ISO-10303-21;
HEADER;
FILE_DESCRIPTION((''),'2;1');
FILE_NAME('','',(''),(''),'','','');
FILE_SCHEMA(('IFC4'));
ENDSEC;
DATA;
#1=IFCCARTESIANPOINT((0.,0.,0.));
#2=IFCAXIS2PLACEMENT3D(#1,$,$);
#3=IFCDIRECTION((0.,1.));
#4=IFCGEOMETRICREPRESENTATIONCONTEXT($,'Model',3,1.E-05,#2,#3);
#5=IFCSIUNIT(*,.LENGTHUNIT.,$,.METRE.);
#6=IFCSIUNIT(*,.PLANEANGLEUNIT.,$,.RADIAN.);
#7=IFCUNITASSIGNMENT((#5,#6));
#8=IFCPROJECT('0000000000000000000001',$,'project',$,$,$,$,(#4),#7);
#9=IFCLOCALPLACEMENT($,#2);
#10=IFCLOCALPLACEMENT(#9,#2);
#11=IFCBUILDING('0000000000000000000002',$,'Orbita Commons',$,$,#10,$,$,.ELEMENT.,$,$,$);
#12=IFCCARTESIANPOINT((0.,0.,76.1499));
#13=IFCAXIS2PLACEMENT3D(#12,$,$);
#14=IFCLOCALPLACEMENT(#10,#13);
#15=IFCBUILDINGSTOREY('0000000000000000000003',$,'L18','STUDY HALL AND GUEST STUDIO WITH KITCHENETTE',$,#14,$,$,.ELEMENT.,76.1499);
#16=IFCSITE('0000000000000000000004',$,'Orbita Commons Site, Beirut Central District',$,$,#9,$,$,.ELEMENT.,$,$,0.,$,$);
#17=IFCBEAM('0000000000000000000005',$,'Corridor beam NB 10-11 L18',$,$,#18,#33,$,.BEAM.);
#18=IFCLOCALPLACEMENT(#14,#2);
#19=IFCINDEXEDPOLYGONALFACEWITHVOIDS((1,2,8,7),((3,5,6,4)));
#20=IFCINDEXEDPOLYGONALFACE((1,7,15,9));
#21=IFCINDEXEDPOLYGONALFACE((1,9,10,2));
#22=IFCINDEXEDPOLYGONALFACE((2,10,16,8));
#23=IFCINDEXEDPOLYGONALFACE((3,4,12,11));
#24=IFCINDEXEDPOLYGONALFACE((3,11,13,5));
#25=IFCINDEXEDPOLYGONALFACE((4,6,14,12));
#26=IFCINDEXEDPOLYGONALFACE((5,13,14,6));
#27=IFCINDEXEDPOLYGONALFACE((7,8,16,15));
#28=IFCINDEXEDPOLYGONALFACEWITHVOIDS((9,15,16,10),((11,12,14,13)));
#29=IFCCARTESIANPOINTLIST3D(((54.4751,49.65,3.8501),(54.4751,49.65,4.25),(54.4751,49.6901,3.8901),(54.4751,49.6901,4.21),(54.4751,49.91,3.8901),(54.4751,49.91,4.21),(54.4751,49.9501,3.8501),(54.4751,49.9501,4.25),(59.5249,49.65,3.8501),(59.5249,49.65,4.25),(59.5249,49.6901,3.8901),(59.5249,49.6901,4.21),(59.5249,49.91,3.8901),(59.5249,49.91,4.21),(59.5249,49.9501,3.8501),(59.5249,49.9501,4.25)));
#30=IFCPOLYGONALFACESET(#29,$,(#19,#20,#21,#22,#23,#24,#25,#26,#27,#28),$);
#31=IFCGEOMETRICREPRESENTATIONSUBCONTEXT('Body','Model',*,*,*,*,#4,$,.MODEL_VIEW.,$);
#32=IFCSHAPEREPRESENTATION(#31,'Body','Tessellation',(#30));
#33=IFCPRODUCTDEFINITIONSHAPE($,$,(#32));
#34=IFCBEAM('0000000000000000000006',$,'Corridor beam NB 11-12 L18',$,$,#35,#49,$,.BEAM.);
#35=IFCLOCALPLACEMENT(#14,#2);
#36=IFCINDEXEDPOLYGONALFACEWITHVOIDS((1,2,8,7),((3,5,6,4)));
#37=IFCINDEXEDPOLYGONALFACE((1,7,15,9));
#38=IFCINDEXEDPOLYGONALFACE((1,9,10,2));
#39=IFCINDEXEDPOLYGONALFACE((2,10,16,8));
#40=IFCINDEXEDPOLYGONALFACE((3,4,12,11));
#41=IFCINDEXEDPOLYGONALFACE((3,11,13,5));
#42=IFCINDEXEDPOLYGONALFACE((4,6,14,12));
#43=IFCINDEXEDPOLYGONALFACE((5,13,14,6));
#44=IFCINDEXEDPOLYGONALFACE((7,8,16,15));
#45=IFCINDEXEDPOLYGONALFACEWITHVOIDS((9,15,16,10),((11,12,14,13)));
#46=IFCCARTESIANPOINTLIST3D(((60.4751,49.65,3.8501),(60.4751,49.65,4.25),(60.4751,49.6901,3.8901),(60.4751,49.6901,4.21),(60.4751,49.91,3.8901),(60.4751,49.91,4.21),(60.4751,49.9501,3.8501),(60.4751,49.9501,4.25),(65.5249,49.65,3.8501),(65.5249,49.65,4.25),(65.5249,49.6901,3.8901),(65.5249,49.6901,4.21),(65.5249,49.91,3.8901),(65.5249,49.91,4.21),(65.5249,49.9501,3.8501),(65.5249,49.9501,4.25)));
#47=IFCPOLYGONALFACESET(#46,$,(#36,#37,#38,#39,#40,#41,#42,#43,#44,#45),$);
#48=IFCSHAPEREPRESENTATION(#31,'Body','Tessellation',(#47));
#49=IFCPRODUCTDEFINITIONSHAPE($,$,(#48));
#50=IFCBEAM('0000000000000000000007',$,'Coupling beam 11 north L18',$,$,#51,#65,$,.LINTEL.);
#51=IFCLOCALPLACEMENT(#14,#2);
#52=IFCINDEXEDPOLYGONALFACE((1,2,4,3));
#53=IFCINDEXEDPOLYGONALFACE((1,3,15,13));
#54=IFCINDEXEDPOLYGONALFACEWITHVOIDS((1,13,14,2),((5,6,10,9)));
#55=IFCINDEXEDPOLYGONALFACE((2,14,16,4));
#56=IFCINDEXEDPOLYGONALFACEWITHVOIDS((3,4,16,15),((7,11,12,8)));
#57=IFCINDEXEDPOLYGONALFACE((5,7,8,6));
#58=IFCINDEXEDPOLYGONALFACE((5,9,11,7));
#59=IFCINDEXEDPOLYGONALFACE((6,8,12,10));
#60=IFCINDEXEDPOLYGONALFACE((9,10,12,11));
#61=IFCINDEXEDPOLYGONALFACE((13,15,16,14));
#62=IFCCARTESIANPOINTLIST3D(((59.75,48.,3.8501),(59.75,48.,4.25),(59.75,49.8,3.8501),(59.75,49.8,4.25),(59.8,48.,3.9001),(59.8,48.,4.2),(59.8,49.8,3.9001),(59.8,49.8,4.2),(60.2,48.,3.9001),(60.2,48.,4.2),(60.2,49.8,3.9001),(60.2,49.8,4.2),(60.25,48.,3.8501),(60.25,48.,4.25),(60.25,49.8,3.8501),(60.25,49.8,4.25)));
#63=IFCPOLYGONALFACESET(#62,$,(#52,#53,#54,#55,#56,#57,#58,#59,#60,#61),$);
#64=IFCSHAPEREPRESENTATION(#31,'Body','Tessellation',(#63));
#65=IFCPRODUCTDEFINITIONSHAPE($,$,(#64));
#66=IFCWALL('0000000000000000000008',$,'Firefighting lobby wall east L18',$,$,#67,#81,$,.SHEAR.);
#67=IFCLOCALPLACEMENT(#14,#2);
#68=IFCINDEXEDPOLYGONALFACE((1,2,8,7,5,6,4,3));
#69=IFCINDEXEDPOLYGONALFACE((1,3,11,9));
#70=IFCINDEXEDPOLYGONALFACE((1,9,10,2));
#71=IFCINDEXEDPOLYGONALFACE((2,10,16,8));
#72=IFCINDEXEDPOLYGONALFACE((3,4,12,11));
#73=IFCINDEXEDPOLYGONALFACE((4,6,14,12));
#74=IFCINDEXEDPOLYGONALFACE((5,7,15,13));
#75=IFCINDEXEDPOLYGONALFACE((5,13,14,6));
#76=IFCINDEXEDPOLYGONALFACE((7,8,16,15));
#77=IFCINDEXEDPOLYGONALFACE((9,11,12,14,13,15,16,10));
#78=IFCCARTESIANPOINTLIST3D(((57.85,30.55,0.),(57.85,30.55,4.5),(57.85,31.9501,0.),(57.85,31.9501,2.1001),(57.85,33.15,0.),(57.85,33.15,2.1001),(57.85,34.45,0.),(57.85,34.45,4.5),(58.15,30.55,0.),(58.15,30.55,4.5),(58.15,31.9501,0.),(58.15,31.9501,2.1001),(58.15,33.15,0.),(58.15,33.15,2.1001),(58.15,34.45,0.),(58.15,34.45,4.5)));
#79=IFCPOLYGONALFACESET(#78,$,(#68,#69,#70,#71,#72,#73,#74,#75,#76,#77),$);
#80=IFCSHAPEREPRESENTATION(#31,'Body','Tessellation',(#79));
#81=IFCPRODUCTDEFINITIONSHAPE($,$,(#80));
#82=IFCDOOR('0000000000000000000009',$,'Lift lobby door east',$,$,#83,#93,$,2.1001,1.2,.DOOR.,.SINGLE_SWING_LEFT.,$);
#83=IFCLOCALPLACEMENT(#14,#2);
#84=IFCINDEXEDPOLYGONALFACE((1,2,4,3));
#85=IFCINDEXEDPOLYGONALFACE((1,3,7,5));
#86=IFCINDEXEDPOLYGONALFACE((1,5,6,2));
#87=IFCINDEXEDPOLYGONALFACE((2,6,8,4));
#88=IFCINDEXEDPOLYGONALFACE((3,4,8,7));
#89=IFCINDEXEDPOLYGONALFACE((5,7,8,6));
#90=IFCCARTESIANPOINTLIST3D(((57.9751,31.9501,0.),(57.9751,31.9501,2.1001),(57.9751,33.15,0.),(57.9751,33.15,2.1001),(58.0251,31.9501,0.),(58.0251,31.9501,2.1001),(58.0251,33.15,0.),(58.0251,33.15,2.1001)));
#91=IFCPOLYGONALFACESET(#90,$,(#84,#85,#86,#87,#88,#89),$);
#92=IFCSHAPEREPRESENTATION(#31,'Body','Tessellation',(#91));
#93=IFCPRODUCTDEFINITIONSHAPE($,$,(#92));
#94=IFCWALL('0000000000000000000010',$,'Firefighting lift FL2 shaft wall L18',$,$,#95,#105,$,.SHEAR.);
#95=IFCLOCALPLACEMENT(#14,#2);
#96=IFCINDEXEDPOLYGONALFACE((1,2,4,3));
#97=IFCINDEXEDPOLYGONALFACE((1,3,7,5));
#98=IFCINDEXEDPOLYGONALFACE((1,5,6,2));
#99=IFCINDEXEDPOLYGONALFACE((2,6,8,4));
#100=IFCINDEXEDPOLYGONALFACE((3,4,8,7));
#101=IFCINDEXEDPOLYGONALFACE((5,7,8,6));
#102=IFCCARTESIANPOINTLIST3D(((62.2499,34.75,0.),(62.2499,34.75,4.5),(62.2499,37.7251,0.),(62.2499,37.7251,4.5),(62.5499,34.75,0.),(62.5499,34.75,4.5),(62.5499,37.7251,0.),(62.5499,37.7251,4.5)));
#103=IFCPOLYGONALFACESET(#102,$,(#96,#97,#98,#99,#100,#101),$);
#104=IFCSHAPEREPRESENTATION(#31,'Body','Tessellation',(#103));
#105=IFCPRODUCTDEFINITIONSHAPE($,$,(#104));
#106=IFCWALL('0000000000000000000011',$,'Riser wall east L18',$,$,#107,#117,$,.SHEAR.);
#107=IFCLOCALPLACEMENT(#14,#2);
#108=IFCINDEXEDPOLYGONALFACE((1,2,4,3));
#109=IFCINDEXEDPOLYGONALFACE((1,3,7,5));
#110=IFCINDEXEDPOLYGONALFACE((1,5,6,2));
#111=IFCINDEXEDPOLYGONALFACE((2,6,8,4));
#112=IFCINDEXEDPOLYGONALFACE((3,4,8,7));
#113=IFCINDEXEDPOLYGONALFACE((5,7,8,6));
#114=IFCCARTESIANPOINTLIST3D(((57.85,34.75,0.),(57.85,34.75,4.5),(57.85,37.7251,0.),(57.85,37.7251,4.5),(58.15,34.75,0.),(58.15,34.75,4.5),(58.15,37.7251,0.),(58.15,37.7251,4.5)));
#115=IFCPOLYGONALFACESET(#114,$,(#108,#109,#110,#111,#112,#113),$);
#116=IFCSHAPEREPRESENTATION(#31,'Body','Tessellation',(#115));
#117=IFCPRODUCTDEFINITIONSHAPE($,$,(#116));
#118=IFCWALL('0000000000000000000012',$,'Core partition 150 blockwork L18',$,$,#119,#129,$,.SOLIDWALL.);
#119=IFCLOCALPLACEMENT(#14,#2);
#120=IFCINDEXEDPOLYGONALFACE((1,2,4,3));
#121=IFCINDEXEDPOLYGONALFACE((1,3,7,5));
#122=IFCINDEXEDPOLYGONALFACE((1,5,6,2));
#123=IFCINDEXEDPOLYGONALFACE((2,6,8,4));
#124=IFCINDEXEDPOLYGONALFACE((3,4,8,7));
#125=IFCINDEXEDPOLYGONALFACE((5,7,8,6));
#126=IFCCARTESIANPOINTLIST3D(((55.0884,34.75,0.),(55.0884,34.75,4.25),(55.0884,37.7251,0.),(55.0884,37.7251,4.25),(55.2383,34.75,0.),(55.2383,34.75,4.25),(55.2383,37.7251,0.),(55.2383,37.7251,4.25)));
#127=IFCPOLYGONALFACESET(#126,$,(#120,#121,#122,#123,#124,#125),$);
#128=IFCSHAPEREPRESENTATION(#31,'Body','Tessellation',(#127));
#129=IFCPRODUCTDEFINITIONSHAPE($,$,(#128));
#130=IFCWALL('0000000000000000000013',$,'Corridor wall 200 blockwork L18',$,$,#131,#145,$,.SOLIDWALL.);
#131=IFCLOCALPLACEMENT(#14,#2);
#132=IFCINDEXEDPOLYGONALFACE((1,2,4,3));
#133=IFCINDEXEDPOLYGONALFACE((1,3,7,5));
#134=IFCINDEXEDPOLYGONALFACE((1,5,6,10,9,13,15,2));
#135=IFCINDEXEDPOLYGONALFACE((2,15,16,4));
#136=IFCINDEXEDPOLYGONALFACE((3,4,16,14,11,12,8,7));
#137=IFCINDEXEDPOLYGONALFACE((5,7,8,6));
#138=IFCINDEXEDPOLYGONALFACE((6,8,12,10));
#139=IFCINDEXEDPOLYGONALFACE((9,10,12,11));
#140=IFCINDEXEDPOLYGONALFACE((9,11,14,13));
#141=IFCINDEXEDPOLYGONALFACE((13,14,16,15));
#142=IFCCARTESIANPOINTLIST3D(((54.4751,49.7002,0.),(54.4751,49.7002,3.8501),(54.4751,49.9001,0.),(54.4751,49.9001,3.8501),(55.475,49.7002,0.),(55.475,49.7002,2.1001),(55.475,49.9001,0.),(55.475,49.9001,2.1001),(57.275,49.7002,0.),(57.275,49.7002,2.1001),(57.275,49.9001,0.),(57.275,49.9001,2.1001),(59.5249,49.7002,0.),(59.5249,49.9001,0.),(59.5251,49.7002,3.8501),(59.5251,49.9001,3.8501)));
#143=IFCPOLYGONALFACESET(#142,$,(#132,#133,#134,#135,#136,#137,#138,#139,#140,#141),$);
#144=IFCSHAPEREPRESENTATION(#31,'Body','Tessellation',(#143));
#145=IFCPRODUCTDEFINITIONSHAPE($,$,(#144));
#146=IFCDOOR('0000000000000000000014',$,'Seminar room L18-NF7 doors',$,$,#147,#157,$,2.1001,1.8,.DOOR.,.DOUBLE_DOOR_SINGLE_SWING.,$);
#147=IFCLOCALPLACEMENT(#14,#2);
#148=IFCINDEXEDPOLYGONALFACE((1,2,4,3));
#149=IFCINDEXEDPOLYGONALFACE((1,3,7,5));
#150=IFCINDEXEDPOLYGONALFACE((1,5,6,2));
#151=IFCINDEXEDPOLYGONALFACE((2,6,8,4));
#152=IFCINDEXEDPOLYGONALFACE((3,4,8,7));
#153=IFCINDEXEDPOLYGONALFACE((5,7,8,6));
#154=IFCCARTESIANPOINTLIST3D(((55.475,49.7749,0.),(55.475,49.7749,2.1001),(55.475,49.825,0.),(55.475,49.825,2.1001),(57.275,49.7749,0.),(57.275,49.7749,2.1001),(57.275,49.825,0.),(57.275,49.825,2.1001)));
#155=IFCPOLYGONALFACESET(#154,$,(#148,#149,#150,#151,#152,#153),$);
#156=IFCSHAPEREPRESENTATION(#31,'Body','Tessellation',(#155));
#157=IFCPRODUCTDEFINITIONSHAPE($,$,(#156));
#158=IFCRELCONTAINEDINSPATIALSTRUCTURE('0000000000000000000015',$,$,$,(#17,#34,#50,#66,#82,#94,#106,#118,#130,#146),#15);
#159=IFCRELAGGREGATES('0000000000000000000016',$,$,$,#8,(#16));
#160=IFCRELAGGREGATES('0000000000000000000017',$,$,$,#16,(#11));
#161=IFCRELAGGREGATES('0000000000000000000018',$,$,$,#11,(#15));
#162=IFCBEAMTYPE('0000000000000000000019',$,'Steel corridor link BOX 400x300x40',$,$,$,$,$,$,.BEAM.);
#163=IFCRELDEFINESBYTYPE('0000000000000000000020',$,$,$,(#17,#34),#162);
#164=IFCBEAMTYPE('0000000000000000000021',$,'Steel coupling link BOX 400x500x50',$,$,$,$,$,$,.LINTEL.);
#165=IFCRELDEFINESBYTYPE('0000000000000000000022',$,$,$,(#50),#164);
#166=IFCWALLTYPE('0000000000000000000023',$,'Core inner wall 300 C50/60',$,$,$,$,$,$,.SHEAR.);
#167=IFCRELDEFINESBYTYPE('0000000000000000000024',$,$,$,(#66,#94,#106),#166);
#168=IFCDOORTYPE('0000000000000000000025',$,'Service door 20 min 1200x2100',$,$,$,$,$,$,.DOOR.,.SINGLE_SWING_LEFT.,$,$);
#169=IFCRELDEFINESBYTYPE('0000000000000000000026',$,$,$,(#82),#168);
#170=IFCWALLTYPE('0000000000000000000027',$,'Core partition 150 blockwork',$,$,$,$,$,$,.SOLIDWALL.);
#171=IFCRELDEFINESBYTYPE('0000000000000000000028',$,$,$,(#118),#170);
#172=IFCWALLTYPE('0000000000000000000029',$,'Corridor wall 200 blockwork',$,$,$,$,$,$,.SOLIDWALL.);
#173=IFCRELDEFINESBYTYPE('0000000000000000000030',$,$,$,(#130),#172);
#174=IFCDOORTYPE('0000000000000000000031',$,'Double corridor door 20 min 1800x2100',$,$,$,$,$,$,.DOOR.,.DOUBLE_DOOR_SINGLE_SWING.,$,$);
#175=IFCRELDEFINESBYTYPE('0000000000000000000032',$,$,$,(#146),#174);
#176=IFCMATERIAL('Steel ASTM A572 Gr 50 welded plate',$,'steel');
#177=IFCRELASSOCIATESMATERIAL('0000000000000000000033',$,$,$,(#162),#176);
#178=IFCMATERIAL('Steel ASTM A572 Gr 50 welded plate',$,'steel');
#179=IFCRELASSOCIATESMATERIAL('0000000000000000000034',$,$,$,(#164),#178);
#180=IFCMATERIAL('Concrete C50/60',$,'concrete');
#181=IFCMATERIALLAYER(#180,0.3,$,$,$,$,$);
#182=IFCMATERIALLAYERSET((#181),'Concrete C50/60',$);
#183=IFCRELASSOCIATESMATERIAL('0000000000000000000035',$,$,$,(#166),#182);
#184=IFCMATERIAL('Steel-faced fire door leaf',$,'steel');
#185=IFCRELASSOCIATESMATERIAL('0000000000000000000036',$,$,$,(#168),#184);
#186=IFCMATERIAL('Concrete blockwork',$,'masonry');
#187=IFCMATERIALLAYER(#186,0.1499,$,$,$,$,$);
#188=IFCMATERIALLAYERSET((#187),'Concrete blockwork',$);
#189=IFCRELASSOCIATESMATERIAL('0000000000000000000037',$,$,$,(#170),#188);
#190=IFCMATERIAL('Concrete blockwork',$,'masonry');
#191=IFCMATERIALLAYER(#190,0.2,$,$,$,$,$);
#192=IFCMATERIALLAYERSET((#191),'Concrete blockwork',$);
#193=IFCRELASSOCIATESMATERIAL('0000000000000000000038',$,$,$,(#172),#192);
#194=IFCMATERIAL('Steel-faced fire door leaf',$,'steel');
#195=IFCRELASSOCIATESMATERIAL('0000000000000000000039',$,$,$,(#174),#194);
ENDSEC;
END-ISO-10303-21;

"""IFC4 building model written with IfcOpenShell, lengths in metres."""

from ifc_helpers import new_model, si_unit, direction, frame, frame_2d, origin, origin_2d, place, context, subcontext, project, spatial, polyline, rectangle, hollow_rectangle, outline, extrude, material, layer, layer_set, material_profile, profile_set, type_object, element, fill, save


model = new_model("IFC4")

# Units and contexts
model_context = context("Model", 3, precision=1e-05, world=origin(), true_north=direction((0.0, 1.0)))
body_context = subcontext(model_context, "Body", "Model", "MODEL_VIEW")
ifc_project = project(units=[si_unit("LENGTHUNIT", "METRE"), si_unit("PLANEANGLEUNIT", "RADIAN")], contexts=[model_context])

# Site, building, storey
site_placement = place(None, origin())
site = spatial("IfcSite", under=ifc_project, at=site_placement, Name="Orbita Commons Site, Beirut Central District", CompositionType="ELEMENT", RefElevation=0.0)
building_placement = place(site_placement, origin())
building = spatial("IfcBuilding", under=site, at=building_placement, Name="Orbita Commons", CompositionType="ELEMENT")
storey_placement = place(building_placement, frame((0.0, 0.0, 76.1499)))
storey = spatial("IfcBuildingStorey", under=building, at=storey_placement, Name="L18", Description="STUDY HALL AND GUEST STUDIO WITH KITCHENETTE", CompositionType="ELEMENT", Elevation=76.1499)

# Beams
ifc_material_1 = material(Name="Steel ASTM A572 Gr 50 welded plate", Category="steel")
ifc_material_profile_1 = material_profile(ifc_material_1, hollow_rectangle(XDim=0.3, YDim=0.3999, WallThickness=0.04, at=origin_2d()), Name="BOX 400x300x40")
ifc_profile_set_1 = profile_set([ifc_material_profile_1], Name="Steel ASTM A572 Gr 50 welded plate")
beam_type_1 = type_object("IfcBeamType", Name="Steel corridor link BOX 400x300x40", PredefinedType="BEAM", material=ifc_profile_set_1)
for number, where, z_axis, x_axis, name in (
    (1, (54.4751, 49.8, 4.05), (1.0, 0.0, 0.0), (0.0, 1.0, 0.0), "Corridor beam NB 10-11 L18"),
    (2, (60.4751, 49.8, 4.05), (1.0, 0.0, 0.0), (0.0, 1.0, 0.0), "Corridor beam NB 11-12 L18"),
):
    element("IfcBeam", number, at=place(storey_placement, frame(where, z_axis=z_axis, x_axis=x_axis)), inside=storey, type_object=beam_type_1, Name=name, PredefinedType="BEAM", context=body_context, shape_type="SweptSolid", body=[
        extrude(hollow_rectangle(XDim=0.3, YDim=0.3999, WallThickness=0.04, at=origin_2d()), origin(), (0.0, 0.0, 1.0), 5.0498),
    ])
ifc_material_2 = material(Name="Steel ASTM A572 Gr 50 welded plate", Category="steel")
ifc_material_profile_2 = material_profile(ifc_material_2, hollow_rectangle(XDim=0.5, YDim=0.3999, WallThickness=0.05, at=origin_2d()), Name="BOX 400x500x50")
ifc_profile_set_2 = profile_set([ifc_material_profile_2], Name="Steel ASTM A572 Gr 50 welded plate")
beam_type_2 = type_object("IfcBeamType", Name="Steel coupling link BOX 400x500x50", PredefinedType="LINTEL", material=ifc_profile_set_2)
beam_placement = place(storey_placement, frame((60.0, 48.0, 4.05), z_axis=(0.0, 1.0, 0.0), x_axis=(-1.0, 0.0, 0.0)))
element("IfcBeam", 3, at=beam_placement, inside=storey, type_object=beam_type_2, Name="Coupling beam 11 north L18", PredefinedType="LINTEL", context=body_context, shape_type="SweptSolid", body=[
    extrude(hollow_rectangle(XDim=0.5, YDim=0.3999, WallThickness=0.05, at=origin_2d()), origin(), (0.0, 0.0, 1.0), 1.8),
])

# Wall, opening, door
ifc_material_3 = material(Name="Concrete C50/60", Category="concrete")
ifc_layer_1 = layer(ifc_material_3, 0.3)
ifc_layer_set_1 = layer_set([ifc_layer_1], Name="Concrete C50/60")
wall_type_1 = type_object("IfcWallType", Name="Core inner wall 300 C50/60", PredefinedType="SHEAR", material=ifc_layer_set_1)
wall_1_placement = place(storey_placement, frame((58.0, 30.55, 0.0), z_axis=(0.0, 0.0, 1.0), x_axis=(0.0, 1.0, 0.0)))
wall_1 = element("IfcWall", 4, at=wall_1_placement, inside=storey, type_object=wall_type_1, Name="Firefighting lobby wall east L18", PredefinedType="SHEAR", context=body_context, shape_type="SweptSolid", body=[
    extrude(rectangle(XDim=3.8999, YDim=0.3, at=frame_2d((1.95, 0.0))), origin(), (0.0, 0.0, 1.0), 4.5),
])
opening_1_placement = place(wall_1_placement, frame((1.3999, 0.0, 0.0)))
opening_1 = element("IfcOpeningElement", 5, at=opening_1_placement, cuts=wall_1, PredefinedType="OPENING", context=body_context, shape_type="SweptSolid", body=[
    extrude(rectangle(XDim=1.2, YDim=2.1001, at=frame_2d((0.6001, 1.05))), frame((0.0, 0.1599, 0.0), z_axis=(0.0, -1.0, 0.0), x_axis=(1.0, 0.0, 0.0)), (0.0, 0.0, 1.0), 0.3201),
])
ifc_material_4 = material(Name="Steel-faced fire door leaf", Category="steel")
door_type_1 = type_object("IfcDoorType", Name="Service door 20 min 1200x2100", OperationType="SINGLE_SWING_LEFT", PredefinedType="DOOR", material=ifc_material_4)
door_1_placement = place(opening_1_placement, origin())
door_1 = element("IfcDoor", 6, at=door_1_placement, inside=storey, type_object=door_type_1, Name="Lift lobby door east", OperationType="SINGLE_SWING_LEFT", OverallHeight=2.1001, OverallWidth=1.2, PredefinedType="DOOR", context=body_context, shape_type="SweptSolid", body=[
    extrude(rectangle(XDim=1.2, YDim=2.1001, at=frame_2d((0.6001, 1.05))), frame((0.0, 0.0249, 0.0), z_axis=(0.0, -1.0, 0.0), x_axis=(1.0, 0.0, 0.0)), (0.0, 0.0, 1.0), 0.05),
])
fill(opening_1, door_1)

# Walls
for number, where, z_axis, x_axis, name in (
    (7, (62.3999, 34.75, 0.0), (0.0, 0.0, 1.0), (0.0, 1.0, 0.0), "Firefighting lift FL2 shaft wall L18"),
    (8, (58.0, 34.75, 0.0), (0.0, 0.0, 1.0), (0.0, 1.0, 0.0), "Riser wall east L18"),
):
    element("IfcWall", number, at=place(storey_placement, frame(where, z_axis=z_axis, x_axis=x_axis)), inside=storey, type_object=wall_type_1, Name=name, PredefinedType="SHEAR", context=body_context, shape_type="SweptSolid", body=[
        extrude(rectangle(XDim=2.9751, YDim=0.3, at=frame_2d((1.4875, 0.0))), origin(), (0.0, 0.0, 1.0), 4.5),
    ])
ifc_material_5 = material(Name="Concrete blockwork", Category="masonry")
ifc_layer_2 = layer(ifc_material_5, 0.1499)
ifc_layer_set_2 = layer_set([ifc_layer_2], Name="Concrete blockwork")
wall_type_2 = type_object("IfcWallType", Name="Core partition 150 blockwork", PredefinedType="SOLIDWALL", material=ifc_layer_set_2)
wall_2_placement = place(storey_placement, frame((55.1633, 34.75, 0.0), z_axis=(0.0, 0.0, 1.0), x_axis=(0.0, 1.0, 0.0)))
element("IfcWall", 9, at=wall_2_placement, inside=storey, type_object=wall_type_2, Name="Core partition 150 blockwork L18", PredefinedType="SOLIDWALL", context=body_context, shape_type="SweptSolid", body=[
    extrude(rectangle(XDim=2.9751, YDim=0.1499, at=frame_2d((1.4875, 0.0))), origin(), (0.0, 0.0, 1.0), 4.25),
])

# Wall, opening, door
ifc_material_6 = material(Name="Concrete blockwork", Category="masonry")
ifc_layer_3 = layer(ifc_material_6, 0.2)
ifc_layer_set_3 = layer_set([ifc_layer_3], Name="Concrete blockwork")
wall_type_3 = type_object("IfcWallType", Name="Corridor wall 200 blockwork", PredefinedType="SOLIDWALL", material=ifc_layer_set_3)
wall_3_placement = place(storey_placement, frame((54.4751, 49.8, 0.0), z_axis=(0.0, 0.0, 1.0), x_axis=(1.0, 0.0, 0.0)))
wall_3 = element("IfcWall", 10, at=wall_3_placement, inside=storey, type_object=wall_type_3, Name="Corridor wall 200 blockwork L18", PredefinedType="SOLIDWALL", context=body_context, shape_type="SweptSolid", body=[
    extrude(outline(polyline([(0.0, 0.0), (5.0498, 0.0), (5.05, 3.8501), (0.0, 3.8501), (0.0, 0.0)])), frame((0.0, 0.1001, 0.0), z_axis=(0.0, -1.0, 0.0), x_axis=(1.0, 0.0, 0.0)), (0.0, 0.0, 1.0), 0.2),
])
opening_2_placement = place(wall_3_placement, frame((1.0, 0.0, 0.0)))
opening_2 = element("IfcOpeningElement", 11, at=opening_2_placement, cuts=wall_3, PredefinedType="OPENING", context=body_context, shape_type="SweptSolid", body=[
    extrude(rectangle(XDim=1.8, YDim=2.1001, at=frame_2d((0.8999, 1.05))), frame((0.0, 0.1099, 0.0), z_axis=(0.0, -1.0, 0.0), x_axis=(1.0, 0.0, 0.0)), (0.0, 0.0, 1.0), 0.22),
])
ifc_material_7 = material(Name="Steel-faced fire door leaf", Category="steel")
door_type_2 = type_object("IfcDoorType", Name="Double corridor door 20 min 1800x2100", OperationType="DOUBLE_DOOR_SINGLE_SWING", PredefinedType="DOOR", material=ifc_material_7)
door_2_placement = place(opening_2_placement, origin())
door_2 = element("IfcDoor", 12, at=door_2_placement, inside=storey, type_object=door_type_2, Name="Seminar room L18-NF7 doors", OperationType="DOUBLE_DOOR_SINGLE_SWING", OverallHeight=2.1001, OverallWidth=1.8, PredefinedType="DOOR", context=body_context, shape_type="SweptSolid", body=[
    extrude(rectangle(XDim=1.8, YDim=2.1001, at=frame_2d((0.8999, 1.05))), frame((0.0, 0.0249, 0.0), z_axis=(0.0, -1.0, 0.0), x_axis=(1.0, 0.0, 0.0)), (0.0, 0.0, 1.0), 0.05),
])
fill(opening_2, door_2)

save(model, "model.ifc")
